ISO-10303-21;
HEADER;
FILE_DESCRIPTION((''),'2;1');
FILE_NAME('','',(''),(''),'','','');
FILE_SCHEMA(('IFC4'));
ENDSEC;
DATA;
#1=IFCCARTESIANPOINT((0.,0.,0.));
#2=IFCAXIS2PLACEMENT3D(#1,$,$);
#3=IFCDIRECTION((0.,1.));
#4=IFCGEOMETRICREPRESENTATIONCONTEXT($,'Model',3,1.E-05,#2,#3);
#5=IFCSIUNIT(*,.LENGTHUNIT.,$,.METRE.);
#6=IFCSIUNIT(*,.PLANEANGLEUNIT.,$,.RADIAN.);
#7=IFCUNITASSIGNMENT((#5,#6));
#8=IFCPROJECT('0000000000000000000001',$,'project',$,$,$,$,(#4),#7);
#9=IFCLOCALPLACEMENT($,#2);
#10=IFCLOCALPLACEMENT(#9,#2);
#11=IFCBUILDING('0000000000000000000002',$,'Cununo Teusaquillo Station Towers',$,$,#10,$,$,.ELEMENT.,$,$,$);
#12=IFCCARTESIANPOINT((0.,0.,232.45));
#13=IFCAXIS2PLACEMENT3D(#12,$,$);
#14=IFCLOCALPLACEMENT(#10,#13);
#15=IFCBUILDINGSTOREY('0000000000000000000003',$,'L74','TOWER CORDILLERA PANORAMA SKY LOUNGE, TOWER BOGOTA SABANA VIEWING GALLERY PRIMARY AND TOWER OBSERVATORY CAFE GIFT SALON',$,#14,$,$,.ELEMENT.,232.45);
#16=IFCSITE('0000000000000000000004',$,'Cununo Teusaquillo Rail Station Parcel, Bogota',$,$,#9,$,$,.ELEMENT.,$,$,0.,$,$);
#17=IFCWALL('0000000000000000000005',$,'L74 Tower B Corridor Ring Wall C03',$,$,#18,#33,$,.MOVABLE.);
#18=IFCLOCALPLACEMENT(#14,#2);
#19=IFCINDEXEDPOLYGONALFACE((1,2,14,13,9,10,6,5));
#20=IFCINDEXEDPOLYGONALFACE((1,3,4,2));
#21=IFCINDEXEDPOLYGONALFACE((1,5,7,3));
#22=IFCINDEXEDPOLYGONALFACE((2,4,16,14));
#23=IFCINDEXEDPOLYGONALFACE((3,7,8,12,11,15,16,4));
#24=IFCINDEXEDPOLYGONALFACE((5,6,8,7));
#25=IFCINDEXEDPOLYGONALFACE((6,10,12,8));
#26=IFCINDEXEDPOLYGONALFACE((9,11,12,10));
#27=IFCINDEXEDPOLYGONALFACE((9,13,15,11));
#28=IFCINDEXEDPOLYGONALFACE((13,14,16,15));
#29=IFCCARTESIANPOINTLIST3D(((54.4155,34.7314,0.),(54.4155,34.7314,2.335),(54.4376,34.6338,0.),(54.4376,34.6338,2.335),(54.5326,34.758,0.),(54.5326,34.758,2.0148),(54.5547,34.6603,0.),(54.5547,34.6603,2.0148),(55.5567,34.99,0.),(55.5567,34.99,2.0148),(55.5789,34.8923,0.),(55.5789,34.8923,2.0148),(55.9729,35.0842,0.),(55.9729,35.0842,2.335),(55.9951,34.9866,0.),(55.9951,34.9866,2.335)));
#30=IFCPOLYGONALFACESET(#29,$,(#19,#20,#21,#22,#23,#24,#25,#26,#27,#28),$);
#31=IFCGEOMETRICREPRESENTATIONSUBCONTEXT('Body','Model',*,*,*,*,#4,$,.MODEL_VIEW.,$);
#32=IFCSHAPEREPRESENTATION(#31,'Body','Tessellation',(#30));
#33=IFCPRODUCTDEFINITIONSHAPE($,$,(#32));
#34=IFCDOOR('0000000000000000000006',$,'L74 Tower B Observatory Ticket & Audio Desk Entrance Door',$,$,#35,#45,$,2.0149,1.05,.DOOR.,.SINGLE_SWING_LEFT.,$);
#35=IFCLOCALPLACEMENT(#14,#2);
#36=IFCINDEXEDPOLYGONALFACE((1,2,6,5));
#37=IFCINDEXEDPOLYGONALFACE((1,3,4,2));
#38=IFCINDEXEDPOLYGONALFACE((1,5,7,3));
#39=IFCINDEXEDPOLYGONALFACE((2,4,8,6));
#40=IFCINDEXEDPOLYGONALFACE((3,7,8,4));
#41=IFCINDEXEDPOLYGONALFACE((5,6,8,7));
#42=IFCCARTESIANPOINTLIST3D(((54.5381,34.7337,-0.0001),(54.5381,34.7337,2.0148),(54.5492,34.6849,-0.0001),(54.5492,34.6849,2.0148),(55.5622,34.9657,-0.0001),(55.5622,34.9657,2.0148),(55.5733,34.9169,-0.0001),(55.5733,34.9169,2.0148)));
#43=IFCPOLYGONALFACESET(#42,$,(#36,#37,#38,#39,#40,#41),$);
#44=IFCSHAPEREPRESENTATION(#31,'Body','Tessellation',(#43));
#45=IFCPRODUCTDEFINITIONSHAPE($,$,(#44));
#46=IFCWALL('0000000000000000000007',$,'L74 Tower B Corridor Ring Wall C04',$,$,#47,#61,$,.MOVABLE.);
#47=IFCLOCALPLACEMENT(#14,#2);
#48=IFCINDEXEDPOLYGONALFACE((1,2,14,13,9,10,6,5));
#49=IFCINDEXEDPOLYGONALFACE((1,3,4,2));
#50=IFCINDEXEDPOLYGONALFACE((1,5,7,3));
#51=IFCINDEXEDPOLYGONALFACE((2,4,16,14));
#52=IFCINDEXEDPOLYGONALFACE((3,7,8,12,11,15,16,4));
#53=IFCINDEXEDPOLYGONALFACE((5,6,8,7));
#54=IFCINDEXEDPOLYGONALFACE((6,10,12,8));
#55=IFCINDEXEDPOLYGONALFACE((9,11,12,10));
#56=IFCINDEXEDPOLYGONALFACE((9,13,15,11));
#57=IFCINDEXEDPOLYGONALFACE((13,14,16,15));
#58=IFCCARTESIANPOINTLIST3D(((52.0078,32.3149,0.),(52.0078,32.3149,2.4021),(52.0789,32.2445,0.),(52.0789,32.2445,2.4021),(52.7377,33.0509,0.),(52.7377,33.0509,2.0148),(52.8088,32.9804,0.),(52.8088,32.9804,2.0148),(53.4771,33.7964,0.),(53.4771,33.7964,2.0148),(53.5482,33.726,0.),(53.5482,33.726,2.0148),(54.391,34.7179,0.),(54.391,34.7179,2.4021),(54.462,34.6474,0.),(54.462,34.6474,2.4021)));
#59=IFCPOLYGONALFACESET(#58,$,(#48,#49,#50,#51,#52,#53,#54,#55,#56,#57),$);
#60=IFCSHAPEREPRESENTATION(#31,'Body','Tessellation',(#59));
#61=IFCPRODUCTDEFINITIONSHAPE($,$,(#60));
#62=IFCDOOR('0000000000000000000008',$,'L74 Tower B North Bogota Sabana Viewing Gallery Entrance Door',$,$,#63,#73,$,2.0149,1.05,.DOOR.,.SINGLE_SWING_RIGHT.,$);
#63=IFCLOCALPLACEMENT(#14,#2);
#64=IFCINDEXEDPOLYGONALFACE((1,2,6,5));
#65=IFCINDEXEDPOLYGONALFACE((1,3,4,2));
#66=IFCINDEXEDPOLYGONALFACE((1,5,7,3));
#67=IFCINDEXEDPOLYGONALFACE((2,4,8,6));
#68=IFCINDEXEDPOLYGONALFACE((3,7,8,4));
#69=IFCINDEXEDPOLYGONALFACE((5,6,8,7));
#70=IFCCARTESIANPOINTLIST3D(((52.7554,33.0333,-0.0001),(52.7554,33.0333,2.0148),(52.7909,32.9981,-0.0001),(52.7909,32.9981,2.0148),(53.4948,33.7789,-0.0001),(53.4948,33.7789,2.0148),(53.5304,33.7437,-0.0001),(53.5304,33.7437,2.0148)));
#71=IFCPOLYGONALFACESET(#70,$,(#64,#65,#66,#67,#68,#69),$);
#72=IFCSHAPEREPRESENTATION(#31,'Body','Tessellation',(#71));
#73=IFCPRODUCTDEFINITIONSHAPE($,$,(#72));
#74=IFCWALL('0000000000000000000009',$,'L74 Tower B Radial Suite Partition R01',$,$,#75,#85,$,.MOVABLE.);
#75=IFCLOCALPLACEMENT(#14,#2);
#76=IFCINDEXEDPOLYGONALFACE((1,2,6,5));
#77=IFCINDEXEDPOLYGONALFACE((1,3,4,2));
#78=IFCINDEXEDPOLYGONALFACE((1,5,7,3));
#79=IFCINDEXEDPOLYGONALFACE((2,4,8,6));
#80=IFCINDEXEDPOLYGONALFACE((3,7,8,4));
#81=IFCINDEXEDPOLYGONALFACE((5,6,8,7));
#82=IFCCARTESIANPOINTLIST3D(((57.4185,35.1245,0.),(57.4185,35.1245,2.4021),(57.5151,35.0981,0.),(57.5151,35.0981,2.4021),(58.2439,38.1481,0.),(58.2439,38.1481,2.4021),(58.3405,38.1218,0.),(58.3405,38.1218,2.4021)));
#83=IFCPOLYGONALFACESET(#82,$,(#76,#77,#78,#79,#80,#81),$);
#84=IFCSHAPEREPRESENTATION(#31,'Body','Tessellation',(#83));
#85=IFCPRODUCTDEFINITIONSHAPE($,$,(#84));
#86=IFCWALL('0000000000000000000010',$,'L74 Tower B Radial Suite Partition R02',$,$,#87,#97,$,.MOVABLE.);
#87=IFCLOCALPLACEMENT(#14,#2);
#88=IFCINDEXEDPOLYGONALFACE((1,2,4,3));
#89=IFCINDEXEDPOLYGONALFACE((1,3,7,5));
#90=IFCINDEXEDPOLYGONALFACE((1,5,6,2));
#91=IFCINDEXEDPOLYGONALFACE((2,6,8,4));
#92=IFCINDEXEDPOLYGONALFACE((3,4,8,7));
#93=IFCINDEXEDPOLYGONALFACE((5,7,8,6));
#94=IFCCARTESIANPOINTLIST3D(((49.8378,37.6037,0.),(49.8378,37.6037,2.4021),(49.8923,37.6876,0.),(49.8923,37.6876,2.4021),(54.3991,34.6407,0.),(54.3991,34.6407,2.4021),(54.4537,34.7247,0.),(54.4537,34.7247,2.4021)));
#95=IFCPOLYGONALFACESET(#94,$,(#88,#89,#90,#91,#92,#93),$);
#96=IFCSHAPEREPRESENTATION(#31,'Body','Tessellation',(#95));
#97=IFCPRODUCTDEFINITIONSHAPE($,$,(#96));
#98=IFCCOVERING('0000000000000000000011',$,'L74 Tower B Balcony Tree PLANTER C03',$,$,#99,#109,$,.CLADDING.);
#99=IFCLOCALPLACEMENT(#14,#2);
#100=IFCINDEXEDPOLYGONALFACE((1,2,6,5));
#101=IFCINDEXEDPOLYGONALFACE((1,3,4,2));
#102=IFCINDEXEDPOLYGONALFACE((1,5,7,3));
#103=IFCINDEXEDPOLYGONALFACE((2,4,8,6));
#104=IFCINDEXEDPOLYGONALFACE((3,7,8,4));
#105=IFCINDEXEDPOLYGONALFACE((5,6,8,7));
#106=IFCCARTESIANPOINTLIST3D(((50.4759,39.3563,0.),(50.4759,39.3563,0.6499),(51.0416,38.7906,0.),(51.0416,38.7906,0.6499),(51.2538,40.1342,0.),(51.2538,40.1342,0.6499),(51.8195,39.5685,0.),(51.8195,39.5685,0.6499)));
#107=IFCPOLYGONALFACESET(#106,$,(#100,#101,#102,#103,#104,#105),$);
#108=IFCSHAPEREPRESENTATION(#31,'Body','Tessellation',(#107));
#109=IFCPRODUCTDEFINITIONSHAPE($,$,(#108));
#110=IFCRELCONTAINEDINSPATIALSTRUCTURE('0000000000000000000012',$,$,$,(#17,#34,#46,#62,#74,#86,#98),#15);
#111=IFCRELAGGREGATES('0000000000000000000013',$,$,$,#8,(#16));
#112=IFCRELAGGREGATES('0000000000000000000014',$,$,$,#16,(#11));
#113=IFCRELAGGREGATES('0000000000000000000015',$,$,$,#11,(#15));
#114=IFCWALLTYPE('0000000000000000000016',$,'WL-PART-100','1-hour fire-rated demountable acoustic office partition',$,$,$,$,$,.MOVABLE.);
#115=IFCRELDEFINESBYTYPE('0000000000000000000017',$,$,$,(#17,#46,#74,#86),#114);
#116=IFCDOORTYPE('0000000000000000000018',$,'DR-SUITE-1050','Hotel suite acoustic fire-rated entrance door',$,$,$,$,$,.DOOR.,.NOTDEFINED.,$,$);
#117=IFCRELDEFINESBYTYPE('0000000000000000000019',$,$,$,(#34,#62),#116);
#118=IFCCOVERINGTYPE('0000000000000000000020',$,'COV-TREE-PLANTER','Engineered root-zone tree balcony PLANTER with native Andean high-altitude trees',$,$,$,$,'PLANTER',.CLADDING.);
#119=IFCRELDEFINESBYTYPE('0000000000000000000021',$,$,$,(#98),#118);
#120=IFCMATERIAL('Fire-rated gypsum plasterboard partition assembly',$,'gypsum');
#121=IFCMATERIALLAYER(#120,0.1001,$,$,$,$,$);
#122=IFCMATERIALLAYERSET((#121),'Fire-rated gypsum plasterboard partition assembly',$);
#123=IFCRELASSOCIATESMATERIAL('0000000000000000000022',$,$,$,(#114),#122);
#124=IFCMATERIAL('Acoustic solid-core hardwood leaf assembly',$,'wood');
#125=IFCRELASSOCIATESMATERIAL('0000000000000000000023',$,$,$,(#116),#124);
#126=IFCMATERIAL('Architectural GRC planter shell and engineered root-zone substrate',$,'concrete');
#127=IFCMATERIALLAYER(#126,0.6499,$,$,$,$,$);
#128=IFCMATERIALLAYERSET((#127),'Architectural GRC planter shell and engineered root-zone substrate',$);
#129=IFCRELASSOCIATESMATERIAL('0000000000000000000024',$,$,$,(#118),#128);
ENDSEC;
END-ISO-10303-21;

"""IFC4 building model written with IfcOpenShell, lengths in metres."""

from ifc_helpers import new_model, si_unit, direction, frame, frame_2d, origin, origin_2d, place, context, subcontext, project, spatial, rectangle, extrude, source, transform, mapped, material, layer, layer_set, type_object, element, fill, save


model = new_model("IFC4")

# Units and contexts
model_context = context("Model", 3, precision=1e-05, world=origin(), true_north=direction((0.0, 1.0)))
body_context = subcontext(model_context, "Body", "Model", "MODEL_VIEW")
ifc_project = project(units=[si_unit("LENGTHUNIT", "METRE"), si_unit("PLANEANGLEUNIT", "RADIAN")], contexts=[model_context])

# Site, building, storey
site_placement = place(None, origin())
site = spatial("IfcSite", under=ifc_project, at=site_placement, Name="Cununo Teusaquillo Rail Station Parcel, Bogota", CompositionType="ELEMENT", RefElevation=0.0)
building_placement = place(site_placement, origin())
building = spatial("IfcBuilding", under=site, at=building_placement, Name="Cununo Teusaquillo Station Towers", CompositionType="ELEMENT")
storey_placement = place(building_placement, frame((0.0, 0.0, 232.45)))
storey = spatial("IfcBuildingStorey", under=building, at=storey_placement, Name="L74", Description="TOWER CORDILLERA PANORAMA SKY LOUNGE, TOWER BOGOTA SABANA VIEWING GALLERY PRIMARY AND TOWER OBSERVATORY CAFE GIFT SALON", CompositionType="ELEMENT", Elevation=232.45)

# Shared definitions
ifc_material_1 = material(Name="Fire-rated gypsum plasterboard partition assembly", Category="gypsum")
ifc_layer_1 = layer(ifc_material_1, 0.1001)
ifc_layer_set_1 = layer_set([ifc_layer_1], Name="Fire-rated gypsum plasterboard partition assembly")
wall_type_1 = type_object("IfcWallType", Name="WL-PART-100", Description="1-hour fire-rated demountable acoustic office partition", PredefinedType="MOVABLE", material=ifc_layer_set_1)

# Walls, openings, doors
wall_1_placement = place(storey_placement, frame((55.9839, 35.0354, 0.0), z_axis=(0.0, 0.0, 1.0), x_axis=(-0.97529, -0.220927, 0.0)))
wall_1 = element("IfcWall", 1, at=wall_1_placement, inside=storey, type_object=wall_type_1, Name="L74 Tower B Corridor Ring Wall C03", PredefinedType="MOVABLE", context=body_context, shape_type="SweptSolid", body=[
    extrude(rectangle(XDim=1.5969, YDim=0.1001, at=frame_2d((0.7983, 0.0))), origin(), (0.0, 0.0, 1.0), 2.335),
])
shared_shape_1 = source(origin(), body_context, "Body", "SweptSolid", [
    extrude(rectangle(XDim=1.05, YDim=2.0149, at=frame_2d((0.5249, 1.0073))), frame((0.0, 0.0601, 0.0), z_axis=(0.0, -1.0, 0.0), x_axis=(1.0, 0.0, 0.0)), (0.0, 0.0, 1.0), 0.1201),
])
opening_1_placement = place(wall_1_placement, frame((0.4268, 0.0, 0.0)))
opening_1 = element("IfcOpeningElement", 2, at=opening_1_placement, cuts=wall_1, PredefinedType="OPENING", context=body_context, shape_type="MappedRepresentation", body=[
    mapped(shared_shape_1, transform((0.0, 0.0, 0.0), x_axis=(1.0, 0.0, 0.0), y_axis=(0.0, 1.0, 0.0), z_axis=(0.0, 0.0, 1.0), scale=1.0)),
])
ifc_material_2 = material(Name="Acoustic solid-core hardwood leaf assembly", Category="wood")
door_type = type_object("IfcDoorType", Name="DR-SUITE-1050", Description="Hotel suite acoustic fire-rated entrance door", OperationType="NOTDEFINED", PredefinedType="DOOR", material=ifc_material_2)
shared_shape_2 = source(origin(), body_context, "Body", "SweptSolid", [
    extrude(rectangle(XDim=1.05, YDim=2.0149, at=frame_2d((0.5249, 1.0073))), frame((0.0, 0.0249, 0.0), z_axis=(0.0, -1.0, 0.0), x_axis=(1.0, 0.0, 0.0)), (0.0, 0.0, 1.0), 0.05),
])
door_1_placement = place(opening_1_placement, origin())
door_1 = element("IfcDoor", 3, at=door_1_placement, inside=storey, type_object=door_type, Name="L74 Tower B Observatory Ticket & Audio Desk Entrance Door", OperationType="SINGLE_SWING_LEFT", OverallHeight=2.0149, OverallWidth=1.05, PredefinedType="DOOR", context=body_context, shape_type="MappedRepresentation", body=[
    mapped(shared_shape_2, transform((0.0, 0.0, 0.0), x_axis=(1.0, 0.0, 0.0), y_axis=(0.0, 1.0, 0.0), z_axis=(0.0, 0.0, 1.0), scale=1.0)),
])
fill(opening_1, door_1)
wall_2_placement = place(storey_placement, frame((54.4265, 34.6826, 0.0), z_axis=(0.0, 0.0, 1.0), x_axis=(-0.704179, -0.710022, 0.0)))
wall_2 = element("IfcWall", 4, at=wall_2_placement, inside=storey, type_object=wall_type_1, Name="L74 Tower B Corridor Ring Wall C04", PredefinedType="MOVABLE", context=body_context, shape_type="SweptSolid", body=[
    extrude(rectangle(XDim=3.3843, YDim=0.1001, at=frame_2d((1.6921, 0.0))), origin(), (0.0, 0.0, 1.0), 2.4021),
])
opening_2_placement = place(wall_2_placement, frame((1.2979, 0.0, 0.0)))
opening_2 = element("IfcOpeningElement", 5, at=opening_2_placement, cuts=wall_2, PredefinedType="OPENING", context=body_context, shape_type="MappedRepresentation", body=[
    mapped(shared_shape_1, transform((0.0, 0.0, 0.0), x_axis=(1.0, 0.0, 0.0), y_axis=(0.0, 1.0, 0.0), z_axis=(0.0, 0.0, 1.0), scale=1.0)),
])
door_2_placement = place(opening_2_placement, origin())
door_2 = element("IfcDoor", 6, at=door_2_placement, inside=storey, type_object=door_type, Name="L74 Tower B North Bogota Sabana Viewing Gallery Entrance Door", OperationType="SINGLE_SWING_RIGHT", OverallHeight=2.0149, OverallWidth=1.05, PredefinedType="DOOR", context=body_context, shape_type="MappedRepresentation", body=[
    mapped(shared_shape_2, transform((0.0, 0.0, 0.0), x_axis=(1.0, 0.0, 0.0), y_axis=(0.0, 1.0, 0.0), z_axis=(0.0, 0.0, 1.0), scale=1.0)),
])
fill(opening_2, door_2)

# Walls
wall_3_placement = place(storey_placement, frame((57.4668, 35.1113, 0.0), z_axis=(0.0, 0.0, 1.0), x_axis=(0.263355, 0.964699, 0.0)))
element("IfcWall", 7, at=wall_3_placement, inside=storey, type_object=wall_type_1, Name="L74 Tower B Radial Suite Partition R01", PredefinedType="MOVABLE", context=body_context, shape_type="SweptSolid", body=[
    extrude(rectangle(XDim=3.1343, YDim=0.1001, at=frame_2d((1.5671, 0.0))), origin(), (0.0, 0.0, 1.0), 2.4021),
])
wall_4_placement = place(storey_placement, frame((54.4265, 34.6826, 0.0), z_axis=(0.0, 0.0, 1.0), x_axis=(-0.838607, 0.544737, 0.0)))
element("IfcWall", 8, at=wall_4_placement, inside=storey, type_object=wall_type_1, Name="L74 Tower B Radial Suite Partition R02", PredefinedType="MOVABLE", context=body_context, shape_type="SweptSolid", body=[
    extrude(rectangle(XDim=5.4392, YDim=0.1001, at=frame_2d((2.7197, 0.0))), origin(), (0.0, 0.0, 1.0), 2.4021),
])

# Covering
ifc_material_3 = material(Name="Architectural GRC planter shell and engineered root-zone substrate", Category="concrete")
ifc_layer_2 = layer(ifc_material_3, 0.6499)
ifc_layer_set_2 = layer_set([ifc_layer_2], Name="Architectural GRC planter shell and engineered root-zone substrate")
covering_type = type_object("IfcCoveringType", Name="COV-TREE-PLANTER", Description="Engineered root-zone tree balcony PLANTER with native Andean high-altitude trees", ElementType="PLANTER", PredefinedType="CLADDING", material=ifc_layer_set_2)
shared_shape_3 = source(origin(), body_context, "Body", "SweptSolid", [
    extrude(rectangle(XDim=1.1001, YDim=0.8, at=origin_2d()), origin(), (0.0, 0.0, 1.0), 0.6499),
])
covering_placement = place(storey_placement, frame((51.1477, 39.4624, 0.0), z_axis=(0.0, 0.0, 1.0), x_axis=(0.707107, 0.707107, 0.0)))
element("IfcCovering", 9, at=covering_placement, inside=storey, type_object=covering_type, Name="L74 Tower B Balcony Tree PLANTER C03", PredefinedType="CLADDING", context=body_context, shape_type="MappedRepresentation", body=[
    mapped(shared_shape_3, transform((0.0, 0.0, 0.0), x_axis=(1.0, 0.0, 0.0), y_axis=(0.0, 1.0, 0.0), z_axis=(0.0, 0.0, 1.0), scale=1.0)),
])

save(model, "model.ifc")
